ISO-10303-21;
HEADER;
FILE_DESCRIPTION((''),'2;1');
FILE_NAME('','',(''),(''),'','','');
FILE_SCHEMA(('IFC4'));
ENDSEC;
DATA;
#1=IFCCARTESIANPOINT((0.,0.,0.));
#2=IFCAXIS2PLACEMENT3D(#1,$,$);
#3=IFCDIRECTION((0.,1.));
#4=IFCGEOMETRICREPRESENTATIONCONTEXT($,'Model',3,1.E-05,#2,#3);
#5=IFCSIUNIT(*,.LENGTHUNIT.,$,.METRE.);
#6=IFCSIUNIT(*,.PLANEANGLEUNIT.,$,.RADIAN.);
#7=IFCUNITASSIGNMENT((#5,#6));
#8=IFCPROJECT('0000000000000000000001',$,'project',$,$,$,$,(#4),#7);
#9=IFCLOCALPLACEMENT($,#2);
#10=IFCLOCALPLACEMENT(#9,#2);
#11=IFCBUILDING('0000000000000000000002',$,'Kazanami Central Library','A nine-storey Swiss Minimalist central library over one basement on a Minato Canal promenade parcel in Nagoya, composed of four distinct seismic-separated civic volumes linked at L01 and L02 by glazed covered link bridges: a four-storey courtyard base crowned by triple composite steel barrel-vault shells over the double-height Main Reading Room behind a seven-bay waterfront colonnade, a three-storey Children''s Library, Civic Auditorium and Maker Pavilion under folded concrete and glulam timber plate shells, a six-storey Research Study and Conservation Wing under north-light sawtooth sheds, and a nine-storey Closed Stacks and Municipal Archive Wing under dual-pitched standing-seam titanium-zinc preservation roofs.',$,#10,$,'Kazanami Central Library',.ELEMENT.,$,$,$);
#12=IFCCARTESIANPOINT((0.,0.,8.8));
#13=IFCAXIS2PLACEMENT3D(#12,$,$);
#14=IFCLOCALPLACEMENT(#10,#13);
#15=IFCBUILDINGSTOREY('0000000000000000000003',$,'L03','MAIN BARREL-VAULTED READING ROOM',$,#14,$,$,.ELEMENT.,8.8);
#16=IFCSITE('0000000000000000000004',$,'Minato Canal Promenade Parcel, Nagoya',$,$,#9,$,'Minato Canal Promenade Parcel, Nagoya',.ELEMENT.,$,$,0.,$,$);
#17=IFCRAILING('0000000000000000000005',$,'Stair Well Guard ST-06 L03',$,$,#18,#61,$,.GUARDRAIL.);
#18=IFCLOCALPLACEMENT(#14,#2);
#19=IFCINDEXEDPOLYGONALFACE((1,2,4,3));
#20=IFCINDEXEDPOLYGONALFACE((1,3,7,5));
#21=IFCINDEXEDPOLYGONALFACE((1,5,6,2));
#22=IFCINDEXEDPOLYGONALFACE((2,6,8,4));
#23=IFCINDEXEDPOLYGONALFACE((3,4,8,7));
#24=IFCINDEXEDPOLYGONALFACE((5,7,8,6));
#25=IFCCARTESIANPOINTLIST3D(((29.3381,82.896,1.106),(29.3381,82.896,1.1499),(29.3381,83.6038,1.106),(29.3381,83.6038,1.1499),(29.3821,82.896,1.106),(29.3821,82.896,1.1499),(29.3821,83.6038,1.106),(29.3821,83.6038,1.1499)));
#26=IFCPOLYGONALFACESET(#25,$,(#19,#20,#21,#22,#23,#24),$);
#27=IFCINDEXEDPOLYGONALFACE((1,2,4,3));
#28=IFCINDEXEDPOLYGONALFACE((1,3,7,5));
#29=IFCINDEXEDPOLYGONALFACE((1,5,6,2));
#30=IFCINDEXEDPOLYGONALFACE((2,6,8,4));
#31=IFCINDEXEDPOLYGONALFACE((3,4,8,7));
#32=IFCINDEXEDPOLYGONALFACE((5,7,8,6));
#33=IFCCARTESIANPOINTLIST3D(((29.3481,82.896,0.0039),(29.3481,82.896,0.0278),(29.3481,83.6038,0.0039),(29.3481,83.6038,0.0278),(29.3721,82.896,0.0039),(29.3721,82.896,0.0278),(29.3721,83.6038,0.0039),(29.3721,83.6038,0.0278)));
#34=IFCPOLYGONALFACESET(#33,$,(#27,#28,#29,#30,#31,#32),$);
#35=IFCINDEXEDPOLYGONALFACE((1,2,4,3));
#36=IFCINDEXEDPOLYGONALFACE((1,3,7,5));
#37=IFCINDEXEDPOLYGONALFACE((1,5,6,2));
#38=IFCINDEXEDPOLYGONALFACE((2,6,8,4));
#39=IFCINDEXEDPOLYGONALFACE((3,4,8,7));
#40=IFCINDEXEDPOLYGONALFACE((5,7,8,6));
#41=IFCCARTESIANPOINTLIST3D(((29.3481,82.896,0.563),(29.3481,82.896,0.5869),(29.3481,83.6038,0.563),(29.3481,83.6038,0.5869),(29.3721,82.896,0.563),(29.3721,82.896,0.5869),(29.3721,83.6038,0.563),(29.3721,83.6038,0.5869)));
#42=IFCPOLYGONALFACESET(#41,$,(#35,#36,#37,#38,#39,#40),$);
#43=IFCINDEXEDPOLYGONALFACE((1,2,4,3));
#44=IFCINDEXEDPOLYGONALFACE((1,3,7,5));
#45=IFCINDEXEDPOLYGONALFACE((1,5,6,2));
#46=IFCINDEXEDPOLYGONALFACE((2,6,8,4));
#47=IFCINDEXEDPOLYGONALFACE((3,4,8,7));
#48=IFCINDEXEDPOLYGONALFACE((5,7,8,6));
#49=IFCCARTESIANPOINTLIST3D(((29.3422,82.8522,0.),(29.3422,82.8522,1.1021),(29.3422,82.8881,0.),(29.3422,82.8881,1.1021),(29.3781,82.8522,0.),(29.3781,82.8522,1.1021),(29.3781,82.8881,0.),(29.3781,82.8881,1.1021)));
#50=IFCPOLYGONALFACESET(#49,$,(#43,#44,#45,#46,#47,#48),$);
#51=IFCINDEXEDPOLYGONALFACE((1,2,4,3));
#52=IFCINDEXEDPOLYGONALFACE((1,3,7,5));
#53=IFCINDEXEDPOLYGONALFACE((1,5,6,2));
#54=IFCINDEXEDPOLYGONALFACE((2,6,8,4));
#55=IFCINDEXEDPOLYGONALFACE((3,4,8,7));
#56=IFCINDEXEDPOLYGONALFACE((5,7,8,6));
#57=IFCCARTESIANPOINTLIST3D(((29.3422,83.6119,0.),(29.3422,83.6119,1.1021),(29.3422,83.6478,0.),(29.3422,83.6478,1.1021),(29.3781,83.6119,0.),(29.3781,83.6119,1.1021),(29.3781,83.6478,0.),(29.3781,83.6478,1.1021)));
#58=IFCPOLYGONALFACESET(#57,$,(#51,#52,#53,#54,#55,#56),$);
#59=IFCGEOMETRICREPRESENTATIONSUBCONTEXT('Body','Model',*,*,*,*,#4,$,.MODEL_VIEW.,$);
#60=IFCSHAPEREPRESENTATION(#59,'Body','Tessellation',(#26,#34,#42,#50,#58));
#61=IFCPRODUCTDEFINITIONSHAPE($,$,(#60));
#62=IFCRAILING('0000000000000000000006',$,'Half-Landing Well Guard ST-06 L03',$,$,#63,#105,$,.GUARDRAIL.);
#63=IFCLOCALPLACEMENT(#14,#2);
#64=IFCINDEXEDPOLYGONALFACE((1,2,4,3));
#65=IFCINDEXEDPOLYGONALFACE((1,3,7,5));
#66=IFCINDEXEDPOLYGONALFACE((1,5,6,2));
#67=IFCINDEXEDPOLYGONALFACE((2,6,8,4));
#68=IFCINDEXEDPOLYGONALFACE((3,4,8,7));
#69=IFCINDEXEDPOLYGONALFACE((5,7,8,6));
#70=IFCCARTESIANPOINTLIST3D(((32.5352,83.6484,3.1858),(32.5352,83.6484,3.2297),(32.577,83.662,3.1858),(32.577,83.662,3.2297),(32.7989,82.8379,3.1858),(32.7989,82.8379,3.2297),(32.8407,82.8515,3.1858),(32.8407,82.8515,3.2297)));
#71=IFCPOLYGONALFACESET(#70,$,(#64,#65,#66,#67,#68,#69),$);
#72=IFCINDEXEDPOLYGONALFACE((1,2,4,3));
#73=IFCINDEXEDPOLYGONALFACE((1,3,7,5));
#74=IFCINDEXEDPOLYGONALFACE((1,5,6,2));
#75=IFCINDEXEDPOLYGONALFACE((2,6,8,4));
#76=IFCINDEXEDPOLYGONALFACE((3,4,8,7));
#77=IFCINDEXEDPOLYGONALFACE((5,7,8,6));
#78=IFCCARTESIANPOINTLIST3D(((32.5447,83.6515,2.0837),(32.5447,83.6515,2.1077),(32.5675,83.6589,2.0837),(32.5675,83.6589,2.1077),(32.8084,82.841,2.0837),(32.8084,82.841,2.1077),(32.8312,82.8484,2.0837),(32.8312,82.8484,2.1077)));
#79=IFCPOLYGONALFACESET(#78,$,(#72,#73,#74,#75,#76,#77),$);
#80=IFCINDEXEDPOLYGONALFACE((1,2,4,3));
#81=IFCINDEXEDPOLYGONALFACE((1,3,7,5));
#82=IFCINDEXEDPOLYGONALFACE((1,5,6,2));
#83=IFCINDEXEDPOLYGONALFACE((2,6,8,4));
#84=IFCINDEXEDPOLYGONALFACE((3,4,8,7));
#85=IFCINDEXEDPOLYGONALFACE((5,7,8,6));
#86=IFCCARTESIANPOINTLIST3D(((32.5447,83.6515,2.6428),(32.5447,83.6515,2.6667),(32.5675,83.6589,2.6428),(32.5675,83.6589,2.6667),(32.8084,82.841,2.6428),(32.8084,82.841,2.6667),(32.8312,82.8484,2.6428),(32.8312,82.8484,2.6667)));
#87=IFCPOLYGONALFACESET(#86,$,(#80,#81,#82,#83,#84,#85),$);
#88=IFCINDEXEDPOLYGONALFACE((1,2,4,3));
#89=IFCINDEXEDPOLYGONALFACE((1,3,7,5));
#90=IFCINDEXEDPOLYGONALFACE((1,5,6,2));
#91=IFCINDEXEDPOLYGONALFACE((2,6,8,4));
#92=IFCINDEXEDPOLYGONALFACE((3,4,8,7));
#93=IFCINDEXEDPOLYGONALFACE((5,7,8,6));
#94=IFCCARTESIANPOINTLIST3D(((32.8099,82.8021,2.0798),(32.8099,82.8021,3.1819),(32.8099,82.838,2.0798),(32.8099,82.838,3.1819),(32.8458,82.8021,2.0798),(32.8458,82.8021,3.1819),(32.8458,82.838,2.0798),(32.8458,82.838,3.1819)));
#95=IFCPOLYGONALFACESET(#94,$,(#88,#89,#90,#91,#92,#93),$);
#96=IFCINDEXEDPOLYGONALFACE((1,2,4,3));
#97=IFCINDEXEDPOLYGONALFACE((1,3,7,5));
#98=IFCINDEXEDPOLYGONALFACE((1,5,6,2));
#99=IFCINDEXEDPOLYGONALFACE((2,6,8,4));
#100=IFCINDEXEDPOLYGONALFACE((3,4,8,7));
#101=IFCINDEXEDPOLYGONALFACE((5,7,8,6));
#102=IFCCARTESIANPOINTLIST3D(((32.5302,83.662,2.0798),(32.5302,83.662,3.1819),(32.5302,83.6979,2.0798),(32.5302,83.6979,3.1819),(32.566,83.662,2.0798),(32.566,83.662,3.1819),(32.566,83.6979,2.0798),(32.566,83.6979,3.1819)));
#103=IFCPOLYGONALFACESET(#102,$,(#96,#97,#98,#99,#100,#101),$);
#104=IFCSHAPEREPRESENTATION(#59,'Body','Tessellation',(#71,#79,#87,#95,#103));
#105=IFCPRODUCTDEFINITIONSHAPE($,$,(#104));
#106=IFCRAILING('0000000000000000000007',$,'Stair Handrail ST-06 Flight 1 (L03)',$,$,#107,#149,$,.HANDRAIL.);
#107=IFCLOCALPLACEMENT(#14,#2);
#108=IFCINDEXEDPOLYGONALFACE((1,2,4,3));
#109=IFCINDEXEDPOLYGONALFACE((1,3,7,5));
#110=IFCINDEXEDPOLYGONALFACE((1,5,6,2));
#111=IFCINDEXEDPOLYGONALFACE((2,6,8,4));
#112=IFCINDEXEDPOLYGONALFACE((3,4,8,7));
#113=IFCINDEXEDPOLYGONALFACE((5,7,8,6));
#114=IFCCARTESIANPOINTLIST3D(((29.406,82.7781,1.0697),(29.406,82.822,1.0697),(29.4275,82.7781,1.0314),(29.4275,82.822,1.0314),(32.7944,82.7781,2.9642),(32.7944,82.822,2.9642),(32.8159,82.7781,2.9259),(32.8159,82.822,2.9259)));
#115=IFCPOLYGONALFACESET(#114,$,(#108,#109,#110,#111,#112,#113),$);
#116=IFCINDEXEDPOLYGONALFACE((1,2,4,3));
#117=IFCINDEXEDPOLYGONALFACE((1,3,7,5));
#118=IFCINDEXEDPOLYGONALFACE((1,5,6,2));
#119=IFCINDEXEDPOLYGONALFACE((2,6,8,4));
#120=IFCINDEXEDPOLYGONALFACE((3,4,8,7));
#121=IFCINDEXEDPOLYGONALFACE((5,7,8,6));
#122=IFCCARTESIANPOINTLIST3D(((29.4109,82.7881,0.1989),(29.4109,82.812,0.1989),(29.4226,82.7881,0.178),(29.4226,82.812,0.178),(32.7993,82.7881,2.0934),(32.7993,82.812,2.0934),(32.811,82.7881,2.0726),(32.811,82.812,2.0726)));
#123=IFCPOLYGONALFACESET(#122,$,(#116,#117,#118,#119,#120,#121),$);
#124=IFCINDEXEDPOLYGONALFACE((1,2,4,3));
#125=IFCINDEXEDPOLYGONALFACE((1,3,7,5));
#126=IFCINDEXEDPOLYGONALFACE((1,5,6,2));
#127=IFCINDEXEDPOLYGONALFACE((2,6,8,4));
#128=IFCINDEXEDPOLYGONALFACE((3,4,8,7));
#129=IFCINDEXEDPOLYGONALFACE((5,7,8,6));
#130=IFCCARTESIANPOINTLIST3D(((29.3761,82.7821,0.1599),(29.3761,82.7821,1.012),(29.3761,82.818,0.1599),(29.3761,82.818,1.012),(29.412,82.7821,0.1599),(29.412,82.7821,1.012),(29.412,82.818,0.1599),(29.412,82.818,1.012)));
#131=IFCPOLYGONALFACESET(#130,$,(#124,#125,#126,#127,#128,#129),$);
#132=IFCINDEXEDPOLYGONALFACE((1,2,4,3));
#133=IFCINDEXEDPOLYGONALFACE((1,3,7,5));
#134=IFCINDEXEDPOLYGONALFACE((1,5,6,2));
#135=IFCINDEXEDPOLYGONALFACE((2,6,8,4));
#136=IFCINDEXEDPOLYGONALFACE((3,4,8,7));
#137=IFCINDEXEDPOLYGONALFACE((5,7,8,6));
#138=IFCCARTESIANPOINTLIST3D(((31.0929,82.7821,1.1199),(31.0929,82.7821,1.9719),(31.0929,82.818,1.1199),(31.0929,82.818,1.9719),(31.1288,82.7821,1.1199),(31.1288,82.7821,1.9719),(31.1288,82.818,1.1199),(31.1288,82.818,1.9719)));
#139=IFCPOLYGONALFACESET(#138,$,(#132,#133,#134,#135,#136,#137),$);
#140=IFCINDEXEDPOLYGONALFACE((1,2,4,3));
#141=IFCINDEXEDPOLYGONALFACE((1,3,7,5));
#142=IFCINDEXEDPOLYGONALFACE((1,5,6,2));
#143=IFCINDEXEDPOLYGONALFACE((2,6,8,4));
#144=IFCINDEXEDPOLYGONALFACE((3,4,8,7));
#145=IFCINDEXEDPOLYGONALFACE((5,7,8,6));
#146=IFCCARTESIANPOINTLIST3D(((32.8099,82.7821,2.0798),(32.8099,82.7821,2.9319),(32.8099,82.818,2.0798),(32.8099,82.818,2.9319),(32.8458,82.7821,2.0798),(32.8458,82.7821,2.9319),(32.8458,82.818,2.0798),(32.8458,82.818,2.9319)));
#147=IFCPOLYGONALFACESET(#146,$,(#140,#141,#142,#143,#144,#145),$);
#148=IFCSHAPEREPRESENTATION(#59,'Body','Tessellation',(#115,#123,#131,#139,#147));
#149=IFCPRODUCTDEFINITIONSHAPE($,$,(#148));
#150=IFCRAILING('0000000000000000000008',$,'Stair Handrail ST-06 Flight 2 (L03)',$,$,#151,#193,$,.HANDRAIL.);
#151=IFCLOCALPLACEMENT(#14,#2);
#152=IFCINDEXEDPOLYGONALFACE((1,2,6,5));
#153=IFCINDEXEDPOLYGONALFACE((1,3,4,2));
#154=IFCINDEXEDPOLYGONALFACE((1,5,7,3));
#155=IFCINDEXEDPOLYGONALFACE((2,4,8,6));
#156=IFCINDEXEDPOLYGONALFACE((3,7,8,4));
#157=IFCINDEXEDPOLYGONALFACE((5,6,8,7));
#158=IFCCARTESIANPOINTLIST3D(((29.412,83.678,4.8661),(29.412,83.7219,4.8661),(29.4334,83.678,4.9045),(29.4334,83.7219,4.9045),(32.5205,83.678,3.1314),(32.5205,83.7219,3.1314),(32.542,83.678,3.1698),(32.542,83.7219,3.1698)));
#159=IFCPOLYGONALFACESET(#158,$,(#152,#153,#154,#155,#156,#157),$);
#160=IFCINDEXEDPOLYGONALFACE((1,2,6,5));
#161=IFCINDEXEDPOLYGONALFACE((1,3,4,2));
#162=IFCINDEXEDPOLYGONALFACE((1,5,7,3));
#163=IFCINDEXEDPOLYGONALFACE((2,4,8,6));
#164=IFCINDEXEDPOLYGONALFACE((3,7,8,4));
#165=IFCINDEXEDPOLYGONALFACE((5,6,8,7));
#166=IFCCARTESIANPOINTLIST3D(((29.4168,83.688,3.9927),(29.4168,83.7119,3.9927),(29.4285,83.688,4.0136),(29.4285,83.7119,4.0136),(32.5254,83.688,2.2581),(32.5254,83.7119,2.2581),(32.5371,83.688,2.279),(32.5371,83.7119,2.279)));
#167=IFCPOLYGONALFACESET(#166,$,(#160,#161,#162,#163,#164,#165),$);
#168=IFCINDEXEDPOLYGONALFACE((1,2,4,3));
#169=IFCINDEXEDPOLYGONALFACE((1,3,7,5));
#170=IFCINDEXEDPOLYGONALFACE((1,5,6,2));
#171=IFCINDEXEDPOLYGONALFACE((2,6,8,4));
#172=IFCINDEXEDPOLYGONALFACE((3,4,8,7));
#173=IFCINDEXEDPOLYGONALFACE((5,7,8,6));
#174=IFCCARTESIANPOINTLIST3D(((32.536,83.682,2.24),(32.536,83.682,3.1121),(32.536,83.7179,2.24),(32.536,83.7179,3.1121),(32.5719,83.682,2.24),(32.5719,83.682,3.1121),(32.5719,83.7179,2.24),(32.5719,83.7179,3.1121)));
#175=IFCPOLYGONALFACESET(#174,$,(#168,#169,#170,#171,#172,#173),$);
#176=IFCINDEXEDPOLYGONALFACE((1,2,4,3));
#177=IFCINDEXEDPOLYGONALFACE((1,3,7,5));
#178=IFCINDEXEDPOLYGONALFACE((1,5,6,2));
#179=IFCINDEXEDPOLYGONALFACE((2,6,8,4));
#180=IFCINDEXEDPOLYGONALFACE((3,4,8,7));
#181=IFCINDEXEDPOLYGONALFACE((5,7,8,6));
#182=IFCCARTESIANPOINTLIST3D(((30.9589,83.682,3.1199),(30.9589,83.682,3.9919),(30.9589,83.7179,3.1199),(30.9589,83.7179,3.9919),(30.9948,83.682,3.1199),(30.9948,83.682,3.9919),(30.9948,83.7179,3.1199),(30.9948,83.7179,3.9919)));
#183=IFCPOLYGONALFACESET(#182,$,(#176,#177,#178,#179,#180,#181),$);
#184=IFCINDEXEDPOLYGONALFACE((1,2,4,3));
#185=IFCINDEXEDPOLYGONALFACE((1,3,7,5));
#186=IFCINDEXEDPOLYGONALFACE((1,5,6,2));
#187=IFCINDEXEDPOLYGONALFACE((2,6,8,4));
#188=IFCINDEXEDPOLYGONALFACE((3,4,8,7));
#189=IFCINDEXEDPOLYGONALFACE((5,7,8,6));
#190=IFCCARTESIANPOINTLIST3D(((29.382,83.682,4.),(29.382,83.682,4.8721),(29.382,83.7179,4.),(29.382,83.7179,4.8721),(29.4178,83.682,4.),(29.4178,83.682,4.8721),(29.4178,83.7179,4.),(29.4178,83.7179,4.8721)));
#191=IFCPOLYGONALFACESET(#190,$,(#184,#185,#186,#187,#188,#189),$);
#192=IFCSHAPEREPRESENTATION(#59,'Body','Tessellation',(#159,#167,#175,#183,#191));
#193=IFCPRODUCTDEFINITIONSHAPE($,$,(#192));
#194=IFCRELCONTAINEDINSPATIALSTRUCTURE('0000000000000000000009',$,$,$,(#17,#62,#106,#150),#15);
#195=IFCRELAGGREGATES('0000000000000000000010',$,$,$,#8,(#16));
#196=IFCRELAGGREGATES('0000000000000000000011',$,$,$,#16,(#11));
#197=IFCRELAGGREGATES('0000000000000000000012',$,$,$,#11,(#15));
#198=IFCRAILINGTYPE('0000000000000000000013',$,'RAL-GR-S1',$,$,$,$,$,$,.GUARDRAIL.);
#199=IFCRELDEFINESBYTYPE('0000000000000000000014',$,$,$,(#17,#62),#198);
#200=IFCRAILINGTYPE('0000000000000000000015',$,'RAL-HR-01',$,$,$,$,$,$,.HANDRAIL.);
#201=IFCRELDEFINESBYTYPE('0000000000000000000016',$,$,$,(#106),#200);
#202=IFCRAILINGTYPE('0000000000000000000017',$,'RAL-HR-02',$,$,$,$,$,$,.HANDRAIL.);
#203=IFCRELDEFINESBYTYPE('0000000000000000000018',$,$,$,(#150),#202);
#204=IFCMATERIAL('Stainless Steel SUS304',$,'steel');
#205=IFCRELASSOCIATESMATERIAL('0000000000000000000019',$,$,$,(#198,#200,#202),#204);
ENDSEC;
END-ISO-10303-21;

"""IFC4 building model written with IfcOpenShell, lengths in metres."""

from ifc_helpers import new_model, si_unit, direction, frame, origin, origin_2d, place, context, subcontext, project, spatial, rectangle, extrude, material, type_object, element, save


model = new_model("IFC4")

# Units and contexts
model_context = context("Model", 3, precision=1e-05, world=origin(), true_north=direction((0.0, 1.0)))
body_context = subcontext(model_context, "Body", "Model", "MODEL_VIEW")
ifc_project = project(units=[si_unit("LENGTHUNIT", "METRE"), si_unit("PLANEANGLEUNIT", "RADIAN")], contexts=[model_context])

# Site, building, storey
site_placement = place(None, origin())
site = spatial("IfcSite", under=ifc_project, at=site_placement, Name="Minato Canal Promenade Parcel, Nagoya", LongName="Minato Canal Promenade Parcel, Nagoya", CompositionType="ELEMENT", RefElevation=0.0)
building_placement = place(site_placement, origin())
building = spatial("IfcBuilding", under=site, at=building_placement, Name="Kazanami Central Library", Description="A nine-storey Swiss Minimalist central library over one basement on a Minato Canal promenade parcel in Nagoya, composed of four distinct seismic-separated civic volumes linked at L01 and L02 by glazed covered link bridges: a four-storey courtyard base crowned by triple composite steel barrel-vault shells over the double-height Main Reading Room behind a seven-bay waterfront colonnade, a three-storey Children's Library, Civic Auditorium and Maker Pavilion under folded concrete and glulam timber plate shells, a six-storey Research Study and Conservation Wing under north-light sawtooth sheds, and a nine-storey Closed Stacks and Municipal Archive Wing under dual-pitched standing-seam titanium-zinc preservation roofs.", LongName="Kazanami Central Library", CompositionType="ELEMENT")
storey_placement = place(building_placement, frame((0.0, 0.0, 8.8)))
storey = spatial("IfcBuildingStorey", under=building, at=storey_placement, Name="L03", Description="MAIN BARREL-VAULTED READING ROOM", CompositionType="ELEMENT", Elevation=8.8)

# Railings
ifc_material_1 = material(Name="Stainless Steel SUS304", Category="steel")
railing_type_1 = type_object("IfcRailingType", Name="RAL-GR-S1", PredefinedType="GUARDRAIL", material=ifc_material_1)
railing_1_placement = place(storey_placement, frame((29.3601, 82.8701, 0.0)))
element("IfcRailing", 1, at=railing_1_placement, inside=storey, type_object=railing_type_1, Name="Stair Well Guard ST-06 L03", PredefinedType="GUARDRAIL", context=body_context, shape_type="SweptSolid", body=[
    extrude(rectangle(XDim=0.0439, YDim=0.0439, at=origin_2d()), frame((0.0, 0.0259, 1.1279), z_axis=(0.0, 1.0, 0.0), x_axis=(-1.0, 0.0, 0.0)), (0.0, 0.0, 1.0), 0.7078),
    extrude(rectangle(XDim=0.0239, YDim=0.0239, at=origin_2d()), frame((0.0, 0.0259, 0.0159), z_axis=(0.0, 1.0, 0.0), x_axis=(-1.0, 0.0, 0.0)), (0.0, 0.0, 1.0), 0.7078),
    extrude(rectangle(XDim=0.0239, YDim=0.0239, at=origin_2d()), frame((0.0, 0.0259, 0.575), z_axis=(0.0, 1.0, 0.0), x_axis=(-1.0, 0.0, 0.0)), (0.0, 0.0, 1.0), 0.7078),
    extrude(rectangle(XDim=0.0359, YDim=0.0359, at=origin_2d()), origin(), (0.0, 0.0, 1.0), 1.1021),
    extrude(rectangle(XDim=0.0359, YDim=0.0359, at=origin_2d()), frame((0.0, 0.7598, 0.0)), (0.0, 0.0, 1.0), 1.1021),
])
railing_2_placement = place(storey_placement, frame((32.8279, 82.8201, 2.0798)))
element("IfcRailing", 2, at=railing_2_placement, inside=storey, type_object=railing_type_1, Name="Half-Landing Well Guard ST-06 L03", PredefinedType="GUARDRAIL", context=body_context, shape_type="SweptSolid", body=[
    extrude(rectangle(XDim=0.0439, YDim=0.0439, at=origin_2d()), frame((-0.0081, 0.0247, 1.1279), z_axis=(-0.309416, 0.950927, 0.0), x_axis=(-0.950927, -0.309416, 0.0)), (0.0, 0.0, 1.0), 0.8523),
    extrude(rectangle(XDim=0.0239, YDim=0.0239, at=origin_2d()), frame((-0.0081, 0.0247, 0.0159), z_axis=(-0.309416, 0.950927, 0.0), x_axis=(-0.950927, -0.309416, 0.0)), (0.0, 0.0, 1.0), 0.8523),
    extrude(rectangle(XDim=0.0239, YDim=0.0239, at=origin_2d()), frame((-0.0081, 0.0247, 0.575), z_axis=(-0.309416, 0.950927, 0.0), x_axis=(-0.950927, -0.309416, 0.0)), (0.0, 0.0, 1.0), 0.8523),
    extrude(rectangle(XDim=0.0359, YDim=0.0359, at=origin_2d()), origin(), (0.0, 0.0, 1.0), 1.1021),
    extrude(rectangle(XDim=0.0359, YDim=0.0359, at=origin_2d()), frame((-0.2798, 0.8599, 0.0)), (0.0, 0.0, 1.0), 1.1021),
])
railing_type_2 = type_object("IfcRailingType", Name="RAL-HR-01", PredefinedType="HANDRAIL", material=ifc_material_1)
railing_3_placement = place(storey_placement, frame((29.394, 82.8, 0.1599)))
element("IfcRailing", 3, at=railing_3_placement, inside=storey, type_object=railing_type_2, Name="Stair Handrail ST-06 Flight 1 (L03)", PredefinedType="HANDRAIL", context=body_context, shape_type="SweptSolid", body=[
    extrude(rectangle(XDim=0.0439, YDim=0.0439, at=origin_2d()), frame((0.0227, 0.0, 0.8906), z_axis=(0.872834, 0.0, 0.488017), x_axis=(0.0, 1.0, 0.0)), (0.0, 0.0, 1.0), 3.8821),
    extrude(rectangle(XDim=0.0239, YDim=0.0239, at=origin_2d()), frame((0.0227, 0.0, 0.0286), z_axis=(0.872834, 0.0, 0.488017), x_axis=(0.0, 1.0, 0.0)), (0.0, 0.0, 1.0), 3.8821),
    extrude(rectangle(XDim=0.0359, YDim=0.0359, at=origin_2d()), origin(), (0.0, 0.0, 1.0), 0.8521),
    extrude(rectangle(XDim=0.0359, YDim=0.0359, at=origin_2d()), frame((1.7168, 0.0, 0.96)), (0.0, 0.0, 1.0), 0.8521),
    extrude(rectangle(XDim=0.0359, YDim=0.0359, at=origin_2d()), frame((3.4338, 0.0, 1.9199)), (0.0, 0.0, 1.0), 0.8521),
])
railing_type_3 = type_object("IfcRailingType", Name="RAL-HR-02", PredefinedType="HANDRAIL", material=ifc_material_1)
railing_4_placement = place(storey_placement, frame((32.554, 83.7, 2.24)))
element("IfcRailing", 4, at=railing_4_placement, inside=storey, type_object=railing_type_3, Name="Stair Handrail ST-06 Flight 2 (L03)", PredefinedType="HANDRAIL", context=body_context, shape_type="SweptSolid", body=[
    extrude(rectangle(XDim=0.0439, YDim=0.0439, at=origin_2d()), frame((-0.0227, 0.0, 0.9106), z_axis=(-0.873244, 0.0, 0.487283), x_axis=(0.0, -1.0, 0.0)), (0.0, 0.0, 1.0), 3.5598),
    extrude(rectangle(XDim=0.0239, YDim=0.0239, at=origin_2d()), frame((-0.0227, 0.0, 0.0286), z_axis=(-0.873244, 0.0, 0.487283), x_axis=(0.0, -1.0, 0.0)), (0.0, 0.0, 1.0), 3.5598),
    extrude(rectangle(XDim=0.0359, YDim=0.0359, at=origin_2d()), origin(), (0.0, 0.0, 1.0), 0.8721),
    extrude(rectangle(XDim=0.0359, YDim=0.0359, at=origin_2d()), frame((-1.5771, 0.0, 0.8799)), (0.0, 0.0, 1.0), 0.8721),
    extrude(rectangle(XDim=0.0359, YDim=0.0359, at=origin_2d()), frame((-3.1541, 0.0, 1.76)), (0.0, 0.0, 1.0), 0.8721),
])

save(model, "model.ifc")
